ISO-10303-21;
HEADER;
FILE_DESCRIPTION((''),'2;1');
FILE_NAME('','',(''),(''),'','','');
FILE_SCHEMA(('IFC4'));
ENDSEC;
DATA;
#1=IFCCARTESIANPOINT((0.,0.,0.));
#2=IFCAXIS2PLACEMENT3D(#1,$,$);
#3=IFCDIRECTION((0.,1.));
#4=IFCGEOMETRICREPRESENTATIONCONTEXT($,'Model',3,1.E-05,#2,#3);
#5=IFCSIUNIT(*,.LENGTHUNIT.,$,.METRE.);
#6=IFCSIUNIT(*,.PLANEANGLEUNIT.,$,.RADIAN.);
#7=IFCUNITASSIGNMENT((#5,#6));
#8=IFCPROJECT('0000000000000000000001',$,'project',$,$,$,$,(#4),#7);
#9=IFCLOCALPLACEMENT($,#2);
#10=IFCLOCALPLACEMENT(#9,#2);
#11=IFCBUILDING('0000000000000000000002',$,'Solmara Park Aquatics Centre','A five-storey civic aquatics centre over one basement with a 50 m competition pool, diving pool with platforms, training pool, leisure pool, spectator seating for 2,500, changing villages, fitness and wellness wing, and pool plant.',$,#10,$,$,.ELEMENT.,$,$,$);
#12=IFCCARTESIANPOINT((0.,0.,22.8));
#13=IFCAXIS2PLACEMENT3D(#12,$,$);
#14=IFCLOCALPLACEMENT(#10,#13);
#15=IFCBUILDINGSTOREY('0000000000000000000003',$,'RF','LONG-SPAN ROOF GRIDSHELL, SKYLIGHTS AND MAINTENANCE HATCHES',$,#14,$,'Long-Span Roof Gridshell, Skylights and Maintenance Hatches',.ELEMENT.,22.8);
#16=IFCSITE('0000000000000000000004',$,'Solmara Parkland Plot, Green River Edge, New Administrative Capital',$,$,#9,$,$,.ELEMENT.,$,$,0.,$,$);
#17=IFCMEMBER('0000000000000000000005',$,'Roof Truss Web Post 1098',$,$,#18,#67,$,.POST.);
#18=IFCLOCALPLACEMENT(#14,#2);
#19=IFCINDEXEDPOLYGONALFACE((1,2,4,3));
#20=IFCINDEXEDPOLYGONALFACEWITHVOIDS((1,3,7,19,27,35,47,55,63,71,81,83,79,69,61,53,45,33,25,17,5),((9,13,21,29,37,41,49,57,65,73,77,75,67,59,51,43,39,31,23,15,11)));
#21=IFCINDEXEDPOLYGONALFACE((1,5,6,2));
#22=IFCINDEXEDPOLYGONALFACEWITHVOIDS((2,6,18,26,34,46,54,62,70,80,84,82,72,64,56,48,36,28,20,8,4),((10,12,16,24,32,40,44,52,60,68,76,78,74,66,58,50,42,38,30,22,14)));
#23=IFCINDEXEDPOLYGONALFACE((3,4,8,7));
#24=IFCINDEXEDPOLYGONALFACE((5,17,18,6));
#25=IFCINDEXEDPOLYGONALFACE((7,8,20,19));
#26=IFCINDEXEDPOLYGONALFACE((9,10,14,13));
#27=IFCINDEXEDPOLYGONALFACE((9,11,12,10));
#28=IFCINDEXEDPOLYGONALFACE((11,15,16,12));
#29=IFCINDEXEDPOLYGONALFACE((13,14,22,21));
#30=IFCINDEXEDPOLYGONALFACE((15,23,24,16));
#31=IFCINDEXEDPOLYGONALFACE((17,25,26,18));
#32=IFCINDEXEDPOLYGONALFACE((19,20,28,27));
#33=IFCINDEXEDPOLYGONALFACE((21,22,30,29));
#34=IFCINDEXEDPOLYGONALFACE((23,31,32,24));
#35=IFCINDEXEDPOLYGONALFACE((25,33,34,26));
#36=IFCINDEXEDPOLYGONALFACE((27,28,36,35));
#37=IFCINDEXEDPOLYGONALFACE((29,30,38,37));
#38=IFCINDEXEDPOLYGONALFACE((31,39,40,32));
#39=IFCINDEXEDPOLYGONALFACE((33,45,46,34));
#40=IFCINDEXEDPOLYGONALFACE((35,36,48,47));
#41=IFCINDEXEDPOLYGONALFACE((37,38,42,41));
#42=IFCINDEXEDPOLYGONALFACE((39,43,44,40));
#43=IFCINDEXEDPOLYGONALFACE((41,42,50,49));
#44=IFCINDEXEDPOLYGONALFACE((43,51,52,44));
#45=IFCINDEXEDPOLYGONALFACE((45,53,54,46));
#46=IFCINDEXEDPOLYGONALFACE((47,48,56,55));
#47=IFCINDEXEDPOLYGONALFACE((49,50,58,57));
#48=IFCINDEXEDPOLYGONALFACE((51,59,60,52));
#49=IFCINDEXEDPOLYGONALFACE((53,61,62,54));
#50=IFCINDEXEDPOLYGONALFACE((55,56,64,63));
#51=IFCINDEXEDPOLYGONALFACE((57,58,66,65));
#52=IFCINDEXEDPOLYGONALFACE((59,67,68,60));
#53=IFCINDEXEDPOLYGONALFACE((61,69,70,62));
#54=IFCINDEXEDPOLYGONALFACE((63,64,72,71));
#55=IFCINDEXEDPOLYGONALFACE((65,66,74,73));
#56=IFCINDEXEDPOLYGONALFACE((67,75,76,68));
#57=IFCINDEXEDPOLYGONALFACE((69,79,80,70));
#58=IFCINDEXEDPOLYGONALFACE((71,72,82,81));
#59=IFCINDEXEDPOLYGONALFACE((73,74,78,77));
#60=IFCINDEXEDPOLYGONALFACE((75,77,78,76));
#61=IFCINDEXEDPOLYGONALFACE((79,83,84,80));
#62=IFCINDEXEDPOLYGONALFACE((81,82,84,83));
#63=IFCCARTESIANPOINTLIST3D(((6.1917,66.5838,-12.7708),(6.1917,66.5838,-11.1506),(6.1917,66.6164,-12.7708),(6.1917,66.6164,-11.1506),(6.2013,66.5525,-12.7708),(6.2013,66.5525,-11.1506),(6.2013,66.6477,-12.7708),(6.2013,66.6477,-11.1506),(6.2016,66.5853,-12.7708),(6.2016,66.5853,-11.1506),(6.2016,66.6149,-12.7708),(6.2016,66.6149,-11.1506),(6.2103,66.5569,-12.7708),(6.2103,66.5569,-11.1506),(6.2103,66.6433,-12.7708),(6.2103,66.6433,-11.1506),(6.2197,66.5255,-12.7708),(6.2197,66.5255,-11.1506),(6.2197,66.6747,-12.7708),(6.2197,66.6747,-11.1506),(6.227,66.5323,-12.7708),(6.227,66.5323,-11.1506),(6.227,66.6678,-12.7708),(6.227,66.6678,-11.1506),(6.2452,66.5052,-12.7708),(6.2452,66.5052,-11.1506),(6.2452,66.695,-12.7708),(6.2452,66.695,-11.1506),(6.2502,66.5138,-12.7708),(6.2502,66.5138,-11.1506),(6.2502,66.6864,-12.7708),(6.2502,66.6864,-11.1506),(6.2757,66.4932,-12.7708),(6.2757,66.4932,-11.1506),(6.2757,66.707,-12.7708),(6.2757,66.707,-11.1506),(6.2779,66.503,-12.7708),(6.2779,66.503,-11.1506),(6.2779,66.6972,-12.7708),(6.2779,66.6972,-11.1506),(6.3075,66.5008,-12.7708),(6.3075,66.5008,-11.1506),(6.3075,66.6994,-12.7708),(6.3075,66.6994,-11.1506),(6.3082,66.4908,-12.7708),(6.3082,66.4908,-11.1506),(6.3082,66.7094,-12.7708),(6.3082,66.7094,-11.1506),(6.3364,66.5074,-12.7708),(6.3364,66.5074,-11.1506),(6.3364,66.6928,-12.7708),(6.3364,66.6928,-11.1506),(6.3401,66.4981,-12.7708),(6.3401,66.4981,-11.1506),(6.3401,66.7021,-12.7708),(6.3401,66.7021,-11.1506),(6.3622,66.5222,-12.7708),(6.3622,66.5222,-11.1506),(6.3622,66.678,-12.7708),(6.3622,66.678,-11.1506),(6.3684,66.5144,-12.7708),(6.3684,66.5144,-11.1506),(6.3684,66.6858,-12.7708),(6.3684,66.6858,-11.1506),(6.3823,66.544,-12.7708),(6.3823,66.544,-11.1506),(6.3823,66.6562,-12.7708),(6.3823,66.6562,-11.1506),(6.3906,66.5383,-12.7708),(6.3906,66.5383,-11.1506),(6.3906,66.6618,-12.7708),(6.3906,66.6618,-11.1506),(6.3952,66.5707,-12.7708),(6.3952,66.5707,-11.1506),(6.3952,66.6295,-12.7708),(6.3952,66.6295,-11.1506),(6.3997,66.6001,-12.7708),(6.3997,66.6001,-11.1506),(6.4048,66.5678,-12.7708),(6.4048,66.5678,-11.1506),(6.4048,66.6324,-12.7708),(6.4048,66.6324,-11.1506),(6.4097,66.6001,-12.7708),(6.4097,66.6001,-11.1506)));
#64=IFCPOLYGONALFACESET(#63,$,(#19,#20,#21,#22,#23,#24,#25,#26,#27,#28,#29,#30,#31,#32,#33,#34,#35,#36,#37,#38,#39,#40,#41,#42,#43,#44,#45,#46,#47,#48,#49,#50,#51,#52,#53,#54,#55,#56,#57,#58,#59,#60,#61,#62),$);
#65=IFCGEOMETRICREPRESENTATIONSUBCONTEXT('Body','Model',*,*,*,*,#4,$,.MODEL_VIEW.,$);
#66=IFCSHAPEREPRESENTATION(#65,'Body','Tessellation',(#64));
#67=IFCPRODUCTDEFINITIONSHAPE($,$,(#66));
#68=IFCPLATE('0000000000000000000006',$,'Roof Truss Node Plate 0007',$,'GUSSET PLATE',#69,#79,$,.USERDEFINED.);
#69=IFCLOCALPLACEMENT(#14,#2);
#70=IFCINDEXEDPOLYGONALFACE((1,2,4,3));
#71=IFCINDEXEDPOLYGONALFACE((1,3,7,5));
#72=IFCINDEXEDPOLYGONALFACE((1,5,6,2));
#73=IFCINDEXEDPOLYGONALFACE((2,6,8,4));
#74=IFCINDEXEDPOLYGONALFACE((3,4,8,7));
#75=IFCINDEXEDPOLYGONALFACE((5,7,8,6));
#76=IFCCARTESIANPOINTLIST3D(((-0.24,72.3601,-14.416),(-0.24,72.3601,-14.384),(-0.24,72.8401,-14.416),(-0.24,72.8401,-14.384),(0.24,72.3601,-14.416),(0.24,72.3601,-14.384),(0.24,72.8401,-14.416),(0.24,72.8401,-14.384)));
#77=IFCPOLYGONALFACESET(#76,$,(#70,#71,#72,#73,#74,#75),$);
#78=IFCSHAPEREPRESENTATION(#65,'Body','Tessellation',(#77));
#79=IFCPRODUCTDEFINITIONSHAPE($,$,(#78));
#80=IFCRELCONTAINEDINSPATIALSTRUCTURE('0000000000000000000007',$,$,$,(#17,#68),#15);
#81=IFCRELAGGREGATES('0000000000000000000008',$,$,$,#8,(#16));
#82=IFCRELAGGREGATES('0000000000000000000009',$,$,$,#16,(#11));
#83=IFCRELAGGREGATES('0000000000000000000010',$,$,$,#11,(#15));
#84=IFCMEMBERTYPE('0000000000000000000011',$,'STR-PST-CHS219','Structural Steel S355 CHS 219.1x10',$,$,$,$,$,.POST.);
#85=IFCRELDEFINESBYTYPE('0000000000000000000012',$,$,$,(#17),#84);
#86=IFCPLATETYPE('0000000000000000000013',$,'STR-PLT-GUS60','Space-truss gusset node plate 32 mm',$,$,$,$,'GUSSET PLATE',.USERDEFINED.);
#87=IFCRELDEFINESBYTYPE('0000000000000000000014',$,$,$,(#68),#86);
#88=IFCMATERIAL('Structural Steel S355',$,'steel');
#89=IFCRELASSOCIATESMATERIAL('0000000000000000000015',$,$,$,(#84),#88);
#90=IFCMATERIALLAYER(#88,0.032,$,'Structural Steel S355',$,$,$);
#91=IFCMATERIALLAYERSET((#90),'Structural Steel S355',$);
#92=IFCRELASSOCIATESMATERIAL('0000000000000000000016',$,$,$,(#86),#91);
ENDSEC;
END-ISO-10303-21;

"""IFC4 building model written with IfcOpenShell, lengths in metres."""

from ifc_helpers import new_model, si_unit, direction, frame, origin, origin_2d, place, context, subcontext, project, spatial, rectangle, hollow_circle, extrude, material, layer, layer_set, material_profile, profile_set, type_object, element, save


model = new_model("IFC4")

# Units and contexts
model_context = context("Model", 3, precision=1e-05, world=origin(), true_north=direction((0.0, 1.0)))
body_context = subcontext(model_context, "Body", "Model", "MODEL_VIEW")
ifc_project = project(units=[si_unit("LENGTHUNIT", "METRE"), si_unit("PLANEANGLEUNIT", "RADIAN")], contexts=[model_context])

# Site, building, storey
site_placement = place(None, origin())
site = spatial("IfcSite", under=ifc_project, at=site_placement, Name="Solmara Parkland Plot, Green River Edge, New Administrative Capital", CompositionType="ELEMENT", RefElevation=0.0)
building_placement = place(site_placement, origin())
building = spatial("IfcBuilding", under=site, at=building_placement, Name="Solmara Park Aquatics Centre", Description="A five-storey civic aquatics centre over one basement with a 50 m competition pool, diving pool with platforms, training pool, leisure pool, spectator seating for 2,500, changing villages, fitness and wellness wing, and pool plant.", CompositionType="ELEMENT")
storey_placement = place(building_placement, frame((0.0, 0.0, 22.8)))
storey = spatial("IfcBuildingStorey", under=building, at=storey_placement, Name="RF", Description="LONG-SPAN ROOF GRIDSHELL, SKYLIGHTS AND MAINTENANCE HATCHES", LongName="Long-Span Roof Gridshell, Skylights and Maintenance Hatches", CompositionType="ELEMENT", Elevation=22.8)

# Member
ifc_material_1 = material(Name="Structural Steel S355", Category="steel")
ifc_material_profile_1 = material_profile(ifc_material_1, hollow_circle(Radius=0.1096, WallThickness=0.01, at=origin_2d()), Name="CHS 219.1x10")
ifc_profile_set_1 = profile_set([ifc_material_profile_1], Name="Structural Steel S355")
member_type_1 = type_object("IfcMemberType", Name="STR-PST-CHS219", Description="Structural Steel S355 CHS 219.1x10", PredefinedType="POST", material=ifc_profile_set_1)
for number, where, z_axis, x_axis, name in (
    (1, (6.3, 66.6001, -12.7708), (0.0, 0.0, 1.0), (1.0, 0.0, 0.0), "Roof Truss Web Post 1098"),
):
    element("IfcMember", number, at=place(storey_placement, frame(where, z_axis=z_axis, x_axis=x_axis)), inside=storey, type_object=member_type_1, Name=name, PredefinedType="POST", context=body_context, shape_type="SweptSolid", body=[
        extrude(hollow_circle(Radius=0.1096, WallThickness=0.01, at=origin_2d()), origin(), (0.0, 0.0, 1.0), 1.6201),
    ])

# Plate
ifc_layer = layer(ifc_material_1, 0.032, Name="Structural Steel S355")
ifc_layer_set = layer_set([ifc_layer], Name="Structural Steel S355")
plate_type = type_object("IfcPlateType", Name="STR-PLT-GUS60", Description="Space-truss gusset node plate 32 mm", ElementType="GUSSET PLATE", PredefinedType="USERDEFINED", material=ifc_layer_set)
plate_placement = place(storey_placement, frame((0.0, 72.6001, -14.416), z_axis=(0.0, 0.0, 1.0), x_axis=(1.0, 0.0, 0.0)))
element("IfcPlate", 2, at=plate_placement, inside=storey, type_object=plate_type, Name="Roof Truss Node Plate 0007", ObjectType="GUSSET PLATE", PredefinedType="USERDEFINED", context=body_context, shape_type="SweptSolid", body=[
    extrude(rectangle(XDim=0.48, YDim=0.48, at=origin_2d()), origin(), (0.0, 0.0, 1.0), 0.032),
])

save(model, "model.ifc")
